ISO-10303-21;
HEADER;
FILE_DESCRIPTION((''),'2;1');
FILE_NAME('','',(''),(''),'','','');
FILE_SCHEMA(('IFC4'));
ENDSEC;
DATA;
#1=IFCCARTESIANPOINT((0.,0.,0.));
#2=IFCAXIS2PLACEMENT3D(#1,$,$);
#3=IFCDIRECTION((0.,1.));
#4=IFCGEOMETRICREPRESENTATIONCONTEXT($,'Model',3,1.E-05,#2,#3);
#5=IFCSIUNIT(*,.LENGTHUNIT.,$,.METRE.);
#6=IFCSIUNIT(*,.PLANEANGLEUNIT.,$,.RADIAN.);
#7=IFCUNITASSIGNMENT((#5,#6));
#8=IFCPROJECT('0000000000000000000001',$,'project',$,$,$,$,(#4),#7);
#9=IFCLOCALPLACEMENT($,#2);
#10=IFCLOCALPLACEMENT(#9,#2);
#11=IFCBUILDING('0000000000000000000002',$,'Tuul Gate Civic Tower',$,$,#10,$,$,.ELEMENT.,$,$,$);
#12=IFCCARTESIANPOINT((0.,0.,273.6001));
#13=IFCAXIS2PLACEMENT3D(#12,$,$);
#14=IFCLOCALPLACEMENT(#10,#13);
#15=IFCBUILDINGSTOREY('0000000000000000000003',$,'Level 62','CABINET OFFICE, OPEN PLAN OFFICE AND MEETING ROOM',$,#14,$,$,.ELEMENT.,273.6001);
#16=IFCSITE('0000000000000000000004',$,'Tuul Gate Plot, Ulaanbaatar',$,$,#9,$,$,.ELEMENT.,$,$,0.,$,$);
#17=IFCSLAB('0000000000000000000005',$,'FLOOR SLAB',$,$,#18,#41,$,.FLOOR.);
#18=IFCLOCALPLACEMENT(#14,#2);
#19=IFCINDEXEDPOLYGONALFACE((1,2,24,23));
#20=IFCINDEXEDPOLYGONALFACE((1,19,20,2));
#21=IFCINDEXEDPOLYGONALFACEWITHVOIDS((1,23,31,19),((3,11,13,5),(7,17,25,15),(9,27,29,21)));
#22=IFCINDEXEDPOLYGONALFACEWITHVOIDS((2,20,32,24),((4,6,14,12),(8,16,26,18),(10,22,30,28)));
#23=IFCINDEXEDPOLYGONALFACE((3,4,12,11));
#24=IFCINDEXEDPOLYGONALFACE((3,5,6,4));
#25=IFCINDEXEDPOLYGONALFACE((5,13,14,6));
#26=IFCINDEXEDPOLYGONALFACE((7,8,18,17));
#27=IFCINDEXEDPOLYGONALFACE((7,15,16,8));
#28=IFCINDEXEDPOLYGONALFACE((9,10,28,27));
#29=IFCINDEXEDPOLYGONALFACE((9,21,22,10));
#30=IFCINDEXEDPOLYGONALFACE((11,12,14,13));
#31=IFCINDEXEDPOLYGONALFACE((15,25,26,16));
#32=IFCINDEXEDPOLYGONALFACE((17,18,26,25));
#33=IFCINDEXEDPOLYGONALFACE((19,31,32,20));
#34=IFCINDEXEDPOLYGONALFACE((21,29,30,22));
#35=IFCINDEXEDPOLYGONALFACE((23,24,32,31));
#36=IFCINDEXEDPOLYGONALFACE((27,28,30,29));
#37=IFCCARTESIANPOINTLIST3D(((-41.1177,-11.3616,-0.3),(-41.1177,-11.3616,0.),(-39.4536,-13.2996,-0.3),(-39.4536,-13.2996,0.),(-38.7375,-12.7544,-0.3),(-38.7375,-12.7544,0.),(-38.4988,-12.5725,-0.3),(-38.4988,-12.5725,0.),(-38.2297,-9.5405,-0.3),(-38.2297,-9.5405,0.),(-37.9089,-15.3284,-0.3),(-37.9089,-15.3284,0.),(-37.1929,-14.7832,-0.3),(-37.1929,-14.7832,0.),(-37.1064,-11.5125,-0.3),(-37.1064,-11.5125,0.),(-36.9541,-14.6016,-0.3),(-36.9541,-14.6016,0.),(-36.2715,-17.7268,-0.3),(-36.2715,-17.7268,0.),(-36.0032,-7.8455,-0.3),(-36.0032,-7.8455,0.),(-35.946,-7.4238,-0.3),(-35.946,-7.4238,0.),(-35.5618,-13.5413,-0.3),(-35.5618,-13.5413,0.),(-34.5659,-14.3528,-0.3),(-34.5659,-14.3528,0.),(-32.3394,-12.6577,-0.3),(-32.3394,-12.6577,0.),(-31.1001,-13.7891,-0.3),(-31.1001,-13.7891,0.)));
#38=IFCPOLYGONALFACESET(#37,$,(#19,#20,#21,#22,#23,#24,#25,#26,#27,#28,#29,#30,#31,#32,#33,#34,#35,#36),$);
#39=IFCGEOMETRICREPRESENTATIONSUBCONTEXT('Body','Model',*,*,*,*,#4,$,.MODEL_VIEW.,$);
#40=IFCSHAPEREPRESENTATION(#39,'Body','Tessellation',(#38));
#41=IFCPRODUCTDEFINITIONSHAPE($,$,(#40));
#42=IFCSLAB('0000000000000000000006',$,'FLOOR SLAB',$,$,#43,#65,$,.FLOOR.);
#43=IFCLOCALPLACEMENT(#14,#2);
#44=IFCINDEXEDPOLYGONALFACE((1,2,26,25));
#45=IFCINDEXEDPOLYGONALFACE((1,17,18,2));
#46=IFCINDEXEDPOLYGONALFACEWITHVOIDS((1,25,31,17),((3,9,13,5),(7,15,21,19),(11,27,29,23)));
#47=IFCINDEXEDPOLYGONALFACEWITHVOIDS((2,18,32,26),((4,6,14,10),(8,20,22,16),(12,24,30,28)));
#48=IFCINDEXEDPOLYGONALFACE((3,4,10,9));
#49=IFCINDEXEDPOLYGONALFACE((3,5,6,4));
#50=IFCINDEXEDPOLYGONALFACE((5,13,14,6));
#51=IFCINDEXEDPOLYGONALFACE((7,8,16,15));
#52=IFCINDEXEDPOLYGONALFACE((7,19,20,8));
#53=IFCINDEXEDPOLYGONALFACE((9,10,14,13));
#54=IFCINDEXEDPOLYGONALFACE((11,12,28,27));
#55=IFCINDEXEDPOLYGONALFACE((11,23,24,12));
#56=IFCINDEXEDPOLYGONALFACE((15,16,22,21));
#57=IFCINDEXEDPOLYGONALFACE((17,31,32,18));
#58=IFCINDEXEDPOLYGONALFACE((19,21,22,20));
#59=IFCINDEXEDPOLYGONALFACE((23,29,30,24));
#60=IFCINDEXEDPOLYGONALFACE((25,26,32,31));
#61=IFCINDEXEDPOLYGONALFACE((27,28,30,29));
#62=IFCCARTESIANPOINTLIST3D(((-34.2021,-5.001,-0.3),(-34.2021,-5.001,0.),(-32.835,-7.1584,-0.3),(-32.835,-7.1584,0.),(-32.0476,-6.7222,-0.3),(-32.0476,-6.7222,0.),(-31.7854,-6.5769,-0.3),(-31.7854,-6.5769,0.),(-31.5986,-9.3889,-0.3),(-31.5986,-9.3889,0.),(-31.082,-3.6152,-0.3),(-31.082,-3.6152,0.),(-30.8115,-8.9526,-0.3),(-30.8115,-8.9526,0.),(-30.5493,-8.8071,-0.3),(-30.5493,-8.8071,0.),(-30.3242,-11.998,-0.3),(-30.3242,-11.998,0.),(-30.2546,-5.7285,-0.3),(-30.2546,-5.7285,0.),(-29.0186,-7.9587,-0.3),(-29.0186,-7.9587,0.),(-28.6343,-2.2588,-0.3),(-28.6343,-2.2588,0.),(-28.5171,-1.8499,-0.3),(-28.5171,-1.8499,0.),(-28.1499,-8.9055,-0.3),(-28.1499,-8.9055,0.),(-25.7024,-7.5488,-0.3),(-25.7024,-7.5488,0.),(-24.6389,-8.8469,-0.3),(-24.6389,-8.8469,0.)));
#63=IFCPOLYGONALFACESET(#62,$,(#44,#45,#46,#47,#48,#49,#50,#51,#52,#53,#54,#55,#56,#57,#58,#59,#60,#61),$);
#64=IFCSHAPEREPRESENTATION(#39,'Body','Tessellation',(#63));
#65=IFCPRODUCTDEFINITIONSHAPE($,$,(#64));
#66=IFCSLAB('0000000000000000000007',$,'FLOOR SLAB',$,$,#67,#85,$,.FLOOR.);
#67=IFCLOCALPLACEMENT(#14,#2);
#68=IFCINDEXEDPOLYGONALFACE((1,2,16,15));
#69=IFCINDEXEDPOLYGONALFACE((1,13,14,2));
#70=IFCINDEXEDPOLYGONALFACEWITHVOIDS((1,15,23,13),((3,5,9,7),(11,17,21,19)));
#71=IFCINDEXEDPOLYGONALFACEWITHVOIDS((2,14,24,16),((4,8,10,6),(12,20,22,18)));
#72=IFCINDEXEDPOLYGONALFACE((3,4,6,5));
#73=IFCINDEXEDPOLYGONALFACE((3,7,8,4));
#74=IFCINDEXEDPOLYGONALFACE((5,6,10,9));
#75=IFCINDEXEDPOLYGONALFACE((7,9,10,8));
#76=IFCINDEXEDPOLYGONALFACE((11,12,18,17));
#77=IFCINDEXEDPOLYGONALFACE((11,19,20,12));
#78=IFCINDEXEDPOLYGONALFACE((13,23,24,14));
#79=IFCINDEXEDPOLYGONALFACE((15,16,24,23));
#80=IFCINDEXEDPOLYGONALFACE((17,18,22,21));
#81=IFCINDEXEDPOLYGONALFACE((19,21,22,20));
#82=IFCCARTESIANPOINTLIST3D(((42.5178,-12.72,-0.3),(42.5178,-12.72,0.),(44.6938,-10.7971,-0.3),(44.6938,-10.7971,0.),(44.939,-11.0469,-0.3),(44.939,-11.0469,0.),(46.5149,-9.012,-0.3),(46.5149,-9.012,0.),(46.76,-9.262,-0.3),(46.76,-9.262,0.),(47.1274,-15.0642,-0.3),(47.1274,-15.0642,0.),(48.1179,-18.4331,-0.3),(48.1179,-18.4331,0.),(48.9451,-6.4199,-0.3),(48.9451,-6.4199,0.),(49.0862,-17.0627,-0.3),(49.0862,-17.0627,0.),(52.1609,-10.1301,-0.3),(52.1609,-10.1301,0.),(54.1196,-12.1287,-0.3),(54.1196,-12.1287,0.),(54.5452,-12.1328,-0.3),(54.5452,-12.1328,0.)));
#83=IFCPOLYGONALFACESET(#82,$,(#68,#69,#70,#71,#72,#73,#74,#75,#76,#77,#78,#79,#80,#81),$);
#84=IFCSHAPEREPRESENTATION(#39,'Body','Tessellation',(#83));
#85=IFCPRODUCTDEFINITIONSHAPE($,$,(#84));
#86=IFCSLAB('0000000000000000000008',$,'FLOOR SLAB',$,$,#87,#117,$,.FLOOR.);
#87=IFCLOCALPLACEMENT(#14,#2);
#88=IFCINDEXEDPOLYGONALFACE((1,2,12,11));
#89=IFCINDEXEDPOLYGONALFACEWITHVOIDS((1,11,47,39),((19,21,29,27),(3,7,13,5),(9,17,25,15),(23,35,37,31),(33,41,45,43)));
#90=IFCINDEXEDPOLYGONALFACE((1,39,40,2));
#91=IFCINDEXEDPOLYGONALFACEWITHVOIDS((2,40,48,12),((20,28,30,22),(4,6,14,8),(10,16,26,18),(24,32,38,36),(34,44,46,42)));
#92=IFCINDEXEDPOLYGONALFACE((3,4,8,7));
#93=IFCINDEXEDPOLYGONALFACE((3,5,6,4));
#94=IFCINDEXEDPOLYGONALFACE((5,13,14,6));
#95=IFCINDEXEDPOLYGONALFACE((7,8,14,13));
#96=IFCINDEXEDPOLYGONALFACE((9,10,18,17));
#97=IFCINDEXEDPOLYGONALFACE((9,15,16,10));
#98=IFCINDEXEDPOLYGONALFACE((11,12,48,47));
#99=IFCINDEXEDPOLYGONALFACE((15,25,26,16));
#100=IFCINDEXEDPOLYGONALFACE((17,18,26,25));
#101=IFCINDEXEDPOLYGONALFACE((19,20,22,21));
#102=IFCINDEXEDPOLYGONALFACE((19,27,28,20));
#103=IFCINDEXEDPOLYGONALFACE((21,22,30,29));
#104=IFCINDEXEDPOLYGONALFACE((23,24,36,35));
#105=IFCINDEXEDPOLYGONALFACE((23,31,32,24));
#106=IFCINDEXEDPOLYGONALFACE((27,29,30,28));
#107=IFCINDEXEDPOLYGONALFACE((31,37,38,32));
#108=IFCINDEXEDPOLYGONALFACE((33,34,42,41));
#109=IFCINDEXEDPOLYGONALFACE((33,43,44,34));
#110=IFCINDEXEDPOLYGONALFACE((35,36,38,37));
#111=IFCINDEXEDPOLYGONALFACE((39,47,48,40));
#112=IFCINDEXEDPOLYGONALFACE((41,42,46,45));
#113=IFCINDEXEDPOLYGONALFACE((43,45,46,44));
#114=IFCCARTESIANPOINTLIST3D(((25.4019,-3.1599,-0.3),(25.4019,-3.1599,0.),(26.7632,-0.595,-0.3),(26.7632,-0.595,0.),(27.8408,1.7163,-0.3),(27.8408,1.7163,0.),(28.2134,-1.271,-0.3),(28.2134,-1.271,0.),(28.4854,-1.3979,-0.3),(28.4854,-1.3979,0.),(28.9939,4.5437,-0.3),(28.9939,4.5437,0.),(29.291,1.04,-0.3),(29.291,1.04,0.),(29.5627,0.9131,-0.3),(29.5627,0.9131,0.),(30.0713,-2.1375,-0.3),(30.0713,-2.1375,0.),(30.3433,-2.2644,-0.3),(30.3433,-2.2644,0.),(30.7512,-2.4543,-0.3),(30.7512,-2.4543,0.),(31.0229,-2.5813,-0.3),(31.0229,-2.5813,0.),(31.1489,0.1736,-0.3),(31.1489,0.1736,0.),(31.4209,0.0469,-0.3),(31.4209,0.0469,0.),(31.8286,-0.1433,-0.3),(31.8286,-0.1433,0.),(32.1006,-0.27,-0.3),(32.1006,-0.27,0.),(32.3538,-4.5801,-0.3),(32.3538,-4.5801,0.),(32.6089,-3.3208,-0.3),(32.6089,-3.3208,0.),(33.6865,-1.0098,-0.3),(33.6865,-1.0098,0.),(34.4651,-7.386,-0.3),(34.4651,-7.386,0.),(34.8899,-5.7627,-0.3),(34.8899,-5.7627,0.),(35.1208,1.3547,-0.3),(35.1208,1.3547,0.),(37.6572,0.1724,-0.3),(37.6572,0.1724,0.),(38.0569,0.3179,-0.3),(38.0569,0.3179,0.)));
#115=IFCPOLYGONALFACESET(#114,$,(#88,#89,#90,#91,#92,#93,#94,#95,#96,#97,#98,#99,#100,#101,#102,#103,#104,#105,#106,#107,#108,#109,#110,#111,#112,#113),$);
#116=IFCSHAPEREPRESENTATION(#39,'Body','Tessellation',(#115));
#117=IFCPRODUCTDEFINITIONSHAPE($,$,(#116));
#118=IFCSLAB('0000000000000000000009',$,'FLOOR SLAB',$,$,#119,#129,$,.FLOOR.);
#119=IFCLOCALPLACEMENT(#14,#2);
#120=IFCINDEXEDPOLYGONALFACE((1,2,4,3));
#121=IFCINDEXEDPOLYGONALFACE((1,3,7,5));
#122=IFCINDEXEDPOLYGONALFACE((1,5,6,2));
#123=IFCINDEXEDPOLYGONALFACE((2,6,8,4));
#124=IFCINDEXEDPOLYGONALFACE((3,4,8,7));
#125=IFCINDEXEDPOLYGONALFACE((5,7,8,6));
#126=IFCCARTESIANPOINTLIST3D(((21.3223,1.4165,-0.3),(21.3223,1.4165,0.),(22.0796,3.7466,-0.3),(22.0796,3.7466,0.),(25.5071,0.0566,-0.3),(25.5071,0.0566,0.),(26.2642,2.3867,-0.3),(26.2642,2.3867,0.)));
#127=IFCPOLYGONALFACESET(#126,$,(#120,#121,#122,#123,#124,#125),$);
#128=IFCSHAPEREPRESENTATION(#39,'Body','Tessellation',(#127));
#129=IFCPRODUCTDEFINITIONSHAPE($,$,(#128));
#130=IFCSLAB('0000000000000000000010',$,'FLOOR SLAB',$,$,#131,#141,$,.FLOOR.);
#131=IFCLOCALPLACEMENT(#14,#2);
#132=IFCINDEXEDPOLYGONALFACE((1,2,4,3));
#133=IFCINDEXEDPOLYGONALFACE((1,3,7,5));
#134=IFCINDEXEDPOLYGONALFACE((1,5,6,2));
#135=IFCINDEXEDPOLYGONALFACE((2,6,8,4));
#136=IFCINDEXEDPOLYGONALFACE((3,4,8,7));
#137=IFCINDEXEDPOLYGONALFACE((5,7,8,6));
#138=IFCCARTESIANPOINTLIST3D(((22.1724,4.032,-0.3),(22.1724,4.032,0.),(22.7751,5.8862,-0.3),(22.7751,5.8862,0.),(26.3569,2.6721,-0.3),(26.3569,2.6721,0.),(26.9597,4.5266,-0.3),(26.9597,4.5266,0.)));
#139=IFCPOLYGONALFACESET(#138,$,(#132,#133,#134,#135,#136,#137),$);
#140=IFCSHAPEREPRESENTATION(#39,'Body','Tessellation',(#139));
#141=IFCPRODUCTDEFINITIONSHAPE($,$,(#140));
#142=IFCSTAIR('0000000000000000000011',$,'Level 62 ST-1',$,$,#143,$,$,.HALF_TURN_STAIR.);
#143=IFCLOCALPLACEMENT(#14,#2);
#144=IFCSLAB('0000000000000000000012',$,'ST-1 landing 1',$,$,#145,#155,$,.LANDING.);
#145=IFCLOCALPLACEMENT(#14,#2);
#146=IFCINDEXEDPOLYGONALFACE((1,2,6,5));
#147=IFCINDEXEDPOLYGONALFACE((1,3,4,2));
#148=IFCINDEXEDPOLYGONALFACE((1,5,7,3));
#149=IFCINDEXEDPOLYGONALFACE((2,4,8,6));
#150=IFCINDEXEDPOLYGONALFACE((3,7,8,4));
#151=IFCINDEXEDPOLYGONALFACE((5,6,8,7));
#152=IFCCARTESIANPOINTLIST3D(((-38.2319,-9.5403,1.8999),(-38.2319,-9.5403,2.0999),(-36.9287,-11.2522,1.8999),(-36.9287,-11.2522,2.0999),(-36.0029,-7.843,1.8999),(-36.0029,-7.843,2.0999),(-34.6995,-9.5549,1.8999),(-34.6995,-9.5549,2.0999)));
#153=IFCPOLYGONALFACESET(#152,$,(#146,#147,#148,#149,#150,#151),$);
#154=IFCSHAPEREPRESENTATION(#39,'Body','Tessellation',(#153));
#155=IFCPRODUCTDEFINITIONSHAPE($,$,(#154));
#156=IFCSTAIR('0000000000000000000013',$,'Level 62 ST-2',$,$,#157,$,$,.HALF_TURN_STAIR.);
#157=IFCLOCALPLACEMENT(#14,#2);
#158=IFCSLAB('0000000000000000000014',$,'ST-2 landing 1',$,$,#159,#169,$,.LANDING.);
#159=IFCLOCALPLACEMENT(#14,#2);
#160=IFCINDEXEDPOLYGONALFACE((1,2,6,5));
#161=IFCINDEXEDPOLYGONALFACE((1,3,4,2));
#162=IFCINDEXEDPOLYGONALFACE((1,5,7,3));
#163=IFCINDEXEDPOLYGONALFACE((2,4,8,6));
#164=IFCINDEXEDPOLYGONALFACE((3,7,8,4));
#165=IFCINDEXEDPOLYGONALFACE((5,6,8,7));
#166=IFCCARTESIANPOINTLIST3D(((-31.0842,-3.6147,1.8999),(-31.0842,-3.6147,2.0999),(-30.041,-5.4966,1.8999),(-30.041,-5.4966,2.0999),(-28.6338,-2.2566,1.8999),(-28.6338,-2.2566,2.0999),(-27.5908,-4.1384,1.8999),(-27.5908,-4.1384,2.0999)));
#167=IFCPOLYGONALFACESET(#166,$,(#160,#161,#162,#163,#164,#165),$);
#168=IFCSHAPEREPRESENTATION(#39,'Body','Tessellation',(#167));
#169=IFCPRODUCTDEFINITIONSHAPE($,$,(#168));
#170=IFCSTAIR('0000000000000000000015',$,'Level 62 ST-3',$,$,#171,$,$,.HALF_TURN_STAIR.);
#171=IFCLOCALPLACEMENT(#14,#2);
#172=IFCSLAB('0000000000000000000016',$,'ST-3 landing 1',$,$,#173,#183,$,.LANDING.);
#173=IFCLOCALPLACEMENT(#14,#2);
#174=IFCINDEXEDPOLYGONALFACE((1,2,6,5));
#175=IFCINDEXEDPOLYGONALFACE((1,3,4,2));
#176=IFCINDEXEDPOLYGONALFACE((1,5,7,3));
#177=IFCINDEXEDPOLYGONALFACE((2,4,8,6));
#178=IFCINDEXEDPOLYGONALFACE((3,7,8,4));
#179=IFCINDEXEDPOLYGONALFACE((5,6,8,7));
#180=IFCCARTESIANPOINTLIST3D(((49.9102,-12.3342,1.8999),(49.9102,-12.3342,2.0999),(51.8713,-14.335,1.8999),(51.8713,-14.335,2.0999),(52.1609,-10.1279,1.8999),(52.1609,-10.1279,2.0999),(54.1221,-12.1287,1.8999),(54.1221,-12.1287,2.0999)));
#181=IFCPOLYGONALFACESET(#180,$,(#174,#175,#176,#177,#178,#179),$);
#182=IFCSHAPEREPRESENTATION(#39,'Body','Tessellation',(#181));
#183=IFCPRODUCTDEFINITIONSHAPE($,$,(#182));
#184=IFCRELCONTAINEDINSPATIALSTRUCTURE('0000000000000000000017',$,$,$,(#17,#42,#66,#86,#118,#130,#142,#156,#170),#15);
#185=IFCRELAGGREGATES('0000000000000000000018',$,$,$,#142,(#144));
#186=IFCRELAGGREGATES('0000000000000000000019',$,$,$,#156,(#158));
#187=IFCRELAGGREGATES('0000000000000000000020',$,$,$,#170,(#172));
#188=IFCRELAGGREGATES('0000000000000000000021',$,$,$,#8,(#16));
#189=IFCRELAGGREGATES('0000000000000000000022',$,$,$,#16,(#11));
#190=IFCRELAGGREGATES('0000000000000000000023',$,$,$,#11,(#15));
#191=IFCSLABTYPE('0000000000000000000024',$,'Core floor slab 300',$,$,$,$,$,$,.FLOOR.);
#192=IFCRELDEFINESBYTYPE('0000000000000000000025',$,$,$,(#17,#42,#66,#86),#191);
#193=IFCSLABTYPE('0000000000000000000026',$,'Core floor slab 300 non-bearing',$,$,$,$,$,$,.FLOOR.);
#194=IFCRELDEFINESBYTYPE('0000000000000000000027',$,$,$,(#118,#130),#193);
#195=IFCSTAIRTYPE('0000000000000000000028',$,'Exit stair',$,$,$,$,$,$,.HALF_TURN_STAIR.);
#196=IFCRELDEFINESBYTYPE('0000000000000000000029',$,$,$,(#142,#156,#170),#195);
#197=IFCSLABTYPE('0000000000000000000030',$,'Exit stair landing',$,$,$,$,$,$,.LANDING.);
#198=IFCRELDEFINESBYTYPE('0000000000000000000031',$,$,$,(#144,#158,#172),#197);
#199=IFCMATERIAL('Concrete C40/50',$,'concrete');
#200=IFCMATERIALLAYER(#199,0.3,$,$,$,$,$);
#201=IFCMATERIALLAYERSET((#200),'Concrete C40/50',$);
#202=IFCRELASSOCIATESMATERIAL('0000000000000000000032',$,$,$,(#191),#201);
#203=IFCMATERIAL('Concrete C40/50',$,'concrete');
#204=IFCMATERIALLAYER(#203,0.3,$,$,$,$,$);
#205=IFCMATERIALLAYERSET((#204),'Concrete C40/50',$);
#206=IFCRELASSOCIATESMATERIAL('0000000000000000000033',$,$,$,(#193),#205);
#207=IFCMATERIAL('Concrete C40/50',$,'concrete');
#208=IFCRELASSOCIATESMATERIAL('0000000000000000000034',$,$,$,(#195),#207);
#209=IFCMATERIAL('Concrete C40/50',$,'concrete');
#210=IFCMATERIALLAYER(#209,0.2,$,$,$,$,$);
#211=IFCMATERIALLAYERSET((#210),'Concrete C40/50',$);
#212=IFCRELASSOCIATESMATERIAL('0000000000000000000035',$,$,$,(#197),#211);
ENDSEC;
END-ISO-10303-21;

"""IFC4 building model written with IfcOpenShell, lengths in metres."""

from ifc_helpers import new_model, si_unit, direction, frame, origin, place, context, subcontext, project, spatial, polyline, outline, extrude, material, layer, layer_set, type_object, element, aggregate, save


model = new_model("IFC4")

# Units and contexts
model_context = context("Model", 3, precision=1e-05, world=origin(), true_north=direction((0.0, 1.0)))
body_context = subcontext(model_context, "Body", "Model", "MODEL_VIEW")
ifc_project = project(units=[si_unit("LENGTHUNIT", "METRE"), si_unit("PLANEANGLEUNIT", "RADIAN")], contexts=[model_context])

# Site, building, storey
site_placement = place(None, origin())
site = spatial("IfcSite", under=ifc_project, at=site_placement, Name="Tuul Gate Plot, Ulaanbaatar", CompositionType="ELEMENT", RefElevation=0.0)
building_placement = place(site_placement, origin())
building = spatial("IfcBuilding", under=site, at=building_placement, Name="Tuul Gate Civic Tower", CompositionType="ELEMENT")
storey_placement = place(building_placement, frame((0.0, 0.0, 273.6001)))
storey = spatial("IfcBuildingStorey", under=building, at=storey_placement, Name="Level 62", Description="CABINET OFFICE, OPEN PLAN OFFICE AND MEETING ROOM", CompositionType="ELEMENT", Elevation=273.6001)

# Slabs
ifc_material_1 = material(Name="Concrete C40/50", Category="concrete")
ifc_layer_1 = layer(ifc_material_1, 0.3)
ifc_layer_set_1 = layer_set([ifc_layer_1], Name="Concrete C40/50")
slab_type_1 = type_object("IfcSlabType", Name="Core floor slab 300", PredefinedType="FLOOR", material=ifc_layer_set_1)
slab_1_placement = place(storey_placement, frame((0.0, 0.0, -0.3)))
element("IfcSlab", 1, at=slab_1_placement, inside=storey, type_object=slab_type_1, Name="FLOOR SLAB", PredefinedType="FLOOR", context=body_context, shape_type="SweptSolid", body=[
    extrude(outline(polyline([(-31.1001, -13.7891), (-35.946, -7.4238), (-41.1177, -11.3616), (-36.2715, -17.7268), (-31.1001, -13.7891)]), holes=[polyline([(-35.5618, -13.5413), (-37.1064, -11.5125), (-38.4988, -12.5725), (-36.9541, -14.6016), (-35.5618, -13.5413)]), polyline([(-37.1929, -14.7832), (-38.7375, -12.7544), (-39.4536, -13.2996), (-37.9089, -15.3284), (-37.1929, -14.7832)]), polyline([(-32.3394, -12.6577), (-34.5659, -14.3528), (-38.2297, -9.5405), (-36.0032, -7.8455), (-32.3394, -12.6577)])]), origin(), (0.0, 0.0, 1.0), 0.3),
])
slab_2_placement = place(storey_placement, frame((0.0, 0.0, -0.3)))
element("IfcSlab", 2, at=slab_2_placement, inside=storey, type_object=slab_type_1, Name="FLOOR SLAB", PredefinedType="FLOOR", context=body_context, shape_type="SweptSolid", body=[
    extrude(outline(polyline([(-24.6389, -8.8469), (-28.5171, -1.8499), (-34.2021, -5.001), (-30.3242, -11.998), (-24.6389, -8.8469)]), holes=[polyline([(-29.0186, -7.9587), (-30.2546, -5.7285), (-31.7854, -6.5769), (-30.5493, -8.8071), (-29.0186, -7.9587)]), polyline([(-30.8115, -8.9526), (-32.0476, -6.7222), (-32.835, -7.1584), (-31.5986, -9.3889), (-30.8115, -8.9526)]), polyline([(-25.7024, -7.5488), (-28.1499, -8.9055), (-31.082, -3.6152), (-28.6343, -2.2588), (-25.7024, -7.5488)])]), origin(), (0.0, 0.0, 1.0), 0.3),
])
slab_3_placement = place(storey_placement, frame((0.0, 0.0, -0.3)))
element("IfcSlab", 3, at=slab_3_placement, inside=storey, type_object=slab_type_1, Name="FLOOR SLAB", PredefinedType="FLOOR", context=body_context, shape_type="SweptSolid", body=[
    extrude(outline(polyline([(48.1179, -18.4331), (54.5452, -12.1328), (48.9451, -6.4199), (42.5178, -12.72), (48.1179, -18.4331)]), holes=[polyline([(44.939, -11.0469), (46.76, -9.262), (46.5149, -9.012), (44.6938, -10.7971), (44.939, -11.0469)]), polyline([(49.0862, -17.0627), (47.1274, -15.0642), (52.1609, -10.1301), (54.1196, -12.1287), (49.0862, -17.0627)])]), origin(), (0.0, 0.0, 1.0), 0.3),
])
slab_4_placement = place(storey_placement, frame((0.0, 0.0, -0.3)))
element("IfcSlab", 4, at=slab_4_placement, inside=storey, type_object=slab_type_1, Name="FLOOR SLAB", PredefinedType="FLOOR", context=body_context, shape_type="SweptSolid", body=[
    extrude(outline(polyline([(34.4651, -7.386), (38.0569, 0.3179), (28.9939, 4.5437), (25.4019, -3.1599), (34.4651, -7.386)]), holes=[polyline([(32.6089, -3.3208), (33.6865, -1.0098), (32.1006, -0.27), (31.0229, -2.5813), (32.6089, -3.3208)]), polyline([(30.0713, -2.1375), (31.1489, 0.1736), (29.5627, 0.9131), (28.4854, -1.3979), (30.0713, -2.1375)]), polyline([(30.7512, -2.4543), (31.8286, -0.1433), (31.4209, 0.0469), (30.3433, -2.2644), (30.7512, -2.4543)]), polyline([(28.2134, -1.271), (29.291, 1.04), (27.8408, 1.7163), (26.7632, -0.595), (28.2134, -1.271)]), polyline([(34.8899, -5.7627), (32.3538, -4.5801), (35.1208, 1.3547), (37.6572, 0.1724), (34.8899, -5.7627)])]), origin(), (0.0, 0.0, 1.0), 0.3),
])
ifc_material_2 = material(Name="Concrete C40/50", Category="concrete")
ifc_layer_2 = layer(ifc_material_2, 0.3)
ifc_layer_set_2 = layer_set([ifc_layer_2], Name="Concrete C40/50")
slab_type_2 = type_object("IfcSlabType", Name="Core floor slab 300 non-bearing", PredefinedType="FLOOR", material=ifc_layer_set_2)
slab_5_placement = place(storey_placement, frame((0.0, 0.0, -0.3)))
element("IfcSlab", 5, at=slab_5_placement, inside=storey, type_object=slab_type_2, Name="FLOOR SLAB", PredefinedType="FLOOR", context=body_context, shape_type="SweptSolid", body=[
    extrude(outline(polyline([(21.3223, 1.4165), (22.0796, 3.7466), (26.2642, 2.3867), (25.5071, 0.0566), (21.3223, 1.4165)])), origin(), (0.0, 0.0, 1.0), 0.3),
])
slab_6_placement = place(storey_placement, frame((0.0, 0.0, -0.3)))
element("IfcSlab", 6, at=slab_6_placement, inside=storey, type_object=slab_type_2, Name="FLOOR SLAB", PredefinedType="FLOOR", context=body_context, shape_type="SweptSolid", body=[
    extrude(outline(polyline([(26.3569, 2.6721), (22.1724, 4.032), (22.7751, 5.8862), (26.9597, 4.5266), (26.3569, 2.6721)])), origin(), (0.0, 0.0, 1.0), 0.3),
])

# Stairs, slabs
ifc_material_3 = material(Name="Concrete C40/50", Category="concrete")
stair_type = type_object("IfcStairType", Name="Exit stair", PredefinedType="HALF_TURN_STAIR", material=ifc_material_3)
stair_1_placement = place(storey_placement, origin())
stair_1 = element("IfcStair", 7, at=stair_1_placement, inside=storey, type_object=stair_type, Name="Level 62 ST-1", PredefinedType="HALF_TURN_STAIR")
ifc_material_4 = material(Name="Concrete C40/50", Category="concrete")
ifc_layer_3 = layer(ifc_material_4, 0.2)
ifc_layer_set_3 = layer_set([ifc_layer_3], Name="Concrete C40/50")
slab_type_3 = type_object("IfcSlabType", Name="Exit stair landing", PredefinedType="LANDING", material=ifc_layer_set_3)
slab_7_placement = place(storey_placement, frame((0.0, 0.0, 1.8999)))
slab_7 = element("IfcSlab", 8, at=slab_7_placement, type_object=slab_type_3, Name="ST-1 landing 1", PredefinedType="LANDING", context=body_context, shape_type="SweptSolid", body=[
    extrude(outline(polyline([(-34.6995, -9.5549), (-36.9287, -11.2522), (-38.2319, -9.5403), (-36.0029, -7.843), (-34.6995, -9.5549)])), origin(), (0.0, 0.0, 1.0), 0.2),
])
aggregate(stair_1, [slab_7])
stair_2_placement = place(storey_placement, origin())
stair_2 = element("IfcStair", 9, at=stair_2_placement, inside=storey, type_object=stair_type, Name="Level 62 ST-2", PredefinedType="HALF_TURN_STAIR")
slab_8_placement = place(storey_placement, frame((0.0, 0.0, 1.8999)))
slab_8 = element("IfcSlab", 10, at=slab_8_placement, type_object=slab_type_3, Name="ST-2 landing 1", PredefinedType="LANDING", context=body_context, shape_type="SweptSolid", body=[
    extrude(outline(polyline([(-27.5908, -4.1384), (-30.041, -5.4966), (-31.0842, -3.6147), (-28.6338, -2.2566), (-27.5908, -4.1384)])), origin(), (0.0, 0.0, 1.0), 0.2),
])
aggregate(stair_2, [slab_8])
stair_3_placement = place(storey_placement, origin())
stair_3 = element("IfcStair", 11, at=stair_3_placement, inside=storey, type_object=stair_type, Name="Level 62 ST-3", PredefinedType="HALF_TURN_STAIR")
slab_9_placement = place(storey_placement, frame((0.0, 0.0, 1.8999)))
slab_9 = element("IfcSlab", 12, at=slab_9_placement, type_object=slab_type_3, Name="ST-3 landing 1", PredefinedType="LANDING", context=body_context, shape_type="SweptSolid", body=[
    extrude(outline(polyline([(51.8713, -14.335), (49.9102, -12.3342), (52.1609, -10.1279), (54.1221, -12.1287), (51.8713, -14.335)])), origin(), (0.0, 0.0, 1.0), 0.2),
])
aggregate(stair_3, [slab_9])

save(model, "model.ifc")
